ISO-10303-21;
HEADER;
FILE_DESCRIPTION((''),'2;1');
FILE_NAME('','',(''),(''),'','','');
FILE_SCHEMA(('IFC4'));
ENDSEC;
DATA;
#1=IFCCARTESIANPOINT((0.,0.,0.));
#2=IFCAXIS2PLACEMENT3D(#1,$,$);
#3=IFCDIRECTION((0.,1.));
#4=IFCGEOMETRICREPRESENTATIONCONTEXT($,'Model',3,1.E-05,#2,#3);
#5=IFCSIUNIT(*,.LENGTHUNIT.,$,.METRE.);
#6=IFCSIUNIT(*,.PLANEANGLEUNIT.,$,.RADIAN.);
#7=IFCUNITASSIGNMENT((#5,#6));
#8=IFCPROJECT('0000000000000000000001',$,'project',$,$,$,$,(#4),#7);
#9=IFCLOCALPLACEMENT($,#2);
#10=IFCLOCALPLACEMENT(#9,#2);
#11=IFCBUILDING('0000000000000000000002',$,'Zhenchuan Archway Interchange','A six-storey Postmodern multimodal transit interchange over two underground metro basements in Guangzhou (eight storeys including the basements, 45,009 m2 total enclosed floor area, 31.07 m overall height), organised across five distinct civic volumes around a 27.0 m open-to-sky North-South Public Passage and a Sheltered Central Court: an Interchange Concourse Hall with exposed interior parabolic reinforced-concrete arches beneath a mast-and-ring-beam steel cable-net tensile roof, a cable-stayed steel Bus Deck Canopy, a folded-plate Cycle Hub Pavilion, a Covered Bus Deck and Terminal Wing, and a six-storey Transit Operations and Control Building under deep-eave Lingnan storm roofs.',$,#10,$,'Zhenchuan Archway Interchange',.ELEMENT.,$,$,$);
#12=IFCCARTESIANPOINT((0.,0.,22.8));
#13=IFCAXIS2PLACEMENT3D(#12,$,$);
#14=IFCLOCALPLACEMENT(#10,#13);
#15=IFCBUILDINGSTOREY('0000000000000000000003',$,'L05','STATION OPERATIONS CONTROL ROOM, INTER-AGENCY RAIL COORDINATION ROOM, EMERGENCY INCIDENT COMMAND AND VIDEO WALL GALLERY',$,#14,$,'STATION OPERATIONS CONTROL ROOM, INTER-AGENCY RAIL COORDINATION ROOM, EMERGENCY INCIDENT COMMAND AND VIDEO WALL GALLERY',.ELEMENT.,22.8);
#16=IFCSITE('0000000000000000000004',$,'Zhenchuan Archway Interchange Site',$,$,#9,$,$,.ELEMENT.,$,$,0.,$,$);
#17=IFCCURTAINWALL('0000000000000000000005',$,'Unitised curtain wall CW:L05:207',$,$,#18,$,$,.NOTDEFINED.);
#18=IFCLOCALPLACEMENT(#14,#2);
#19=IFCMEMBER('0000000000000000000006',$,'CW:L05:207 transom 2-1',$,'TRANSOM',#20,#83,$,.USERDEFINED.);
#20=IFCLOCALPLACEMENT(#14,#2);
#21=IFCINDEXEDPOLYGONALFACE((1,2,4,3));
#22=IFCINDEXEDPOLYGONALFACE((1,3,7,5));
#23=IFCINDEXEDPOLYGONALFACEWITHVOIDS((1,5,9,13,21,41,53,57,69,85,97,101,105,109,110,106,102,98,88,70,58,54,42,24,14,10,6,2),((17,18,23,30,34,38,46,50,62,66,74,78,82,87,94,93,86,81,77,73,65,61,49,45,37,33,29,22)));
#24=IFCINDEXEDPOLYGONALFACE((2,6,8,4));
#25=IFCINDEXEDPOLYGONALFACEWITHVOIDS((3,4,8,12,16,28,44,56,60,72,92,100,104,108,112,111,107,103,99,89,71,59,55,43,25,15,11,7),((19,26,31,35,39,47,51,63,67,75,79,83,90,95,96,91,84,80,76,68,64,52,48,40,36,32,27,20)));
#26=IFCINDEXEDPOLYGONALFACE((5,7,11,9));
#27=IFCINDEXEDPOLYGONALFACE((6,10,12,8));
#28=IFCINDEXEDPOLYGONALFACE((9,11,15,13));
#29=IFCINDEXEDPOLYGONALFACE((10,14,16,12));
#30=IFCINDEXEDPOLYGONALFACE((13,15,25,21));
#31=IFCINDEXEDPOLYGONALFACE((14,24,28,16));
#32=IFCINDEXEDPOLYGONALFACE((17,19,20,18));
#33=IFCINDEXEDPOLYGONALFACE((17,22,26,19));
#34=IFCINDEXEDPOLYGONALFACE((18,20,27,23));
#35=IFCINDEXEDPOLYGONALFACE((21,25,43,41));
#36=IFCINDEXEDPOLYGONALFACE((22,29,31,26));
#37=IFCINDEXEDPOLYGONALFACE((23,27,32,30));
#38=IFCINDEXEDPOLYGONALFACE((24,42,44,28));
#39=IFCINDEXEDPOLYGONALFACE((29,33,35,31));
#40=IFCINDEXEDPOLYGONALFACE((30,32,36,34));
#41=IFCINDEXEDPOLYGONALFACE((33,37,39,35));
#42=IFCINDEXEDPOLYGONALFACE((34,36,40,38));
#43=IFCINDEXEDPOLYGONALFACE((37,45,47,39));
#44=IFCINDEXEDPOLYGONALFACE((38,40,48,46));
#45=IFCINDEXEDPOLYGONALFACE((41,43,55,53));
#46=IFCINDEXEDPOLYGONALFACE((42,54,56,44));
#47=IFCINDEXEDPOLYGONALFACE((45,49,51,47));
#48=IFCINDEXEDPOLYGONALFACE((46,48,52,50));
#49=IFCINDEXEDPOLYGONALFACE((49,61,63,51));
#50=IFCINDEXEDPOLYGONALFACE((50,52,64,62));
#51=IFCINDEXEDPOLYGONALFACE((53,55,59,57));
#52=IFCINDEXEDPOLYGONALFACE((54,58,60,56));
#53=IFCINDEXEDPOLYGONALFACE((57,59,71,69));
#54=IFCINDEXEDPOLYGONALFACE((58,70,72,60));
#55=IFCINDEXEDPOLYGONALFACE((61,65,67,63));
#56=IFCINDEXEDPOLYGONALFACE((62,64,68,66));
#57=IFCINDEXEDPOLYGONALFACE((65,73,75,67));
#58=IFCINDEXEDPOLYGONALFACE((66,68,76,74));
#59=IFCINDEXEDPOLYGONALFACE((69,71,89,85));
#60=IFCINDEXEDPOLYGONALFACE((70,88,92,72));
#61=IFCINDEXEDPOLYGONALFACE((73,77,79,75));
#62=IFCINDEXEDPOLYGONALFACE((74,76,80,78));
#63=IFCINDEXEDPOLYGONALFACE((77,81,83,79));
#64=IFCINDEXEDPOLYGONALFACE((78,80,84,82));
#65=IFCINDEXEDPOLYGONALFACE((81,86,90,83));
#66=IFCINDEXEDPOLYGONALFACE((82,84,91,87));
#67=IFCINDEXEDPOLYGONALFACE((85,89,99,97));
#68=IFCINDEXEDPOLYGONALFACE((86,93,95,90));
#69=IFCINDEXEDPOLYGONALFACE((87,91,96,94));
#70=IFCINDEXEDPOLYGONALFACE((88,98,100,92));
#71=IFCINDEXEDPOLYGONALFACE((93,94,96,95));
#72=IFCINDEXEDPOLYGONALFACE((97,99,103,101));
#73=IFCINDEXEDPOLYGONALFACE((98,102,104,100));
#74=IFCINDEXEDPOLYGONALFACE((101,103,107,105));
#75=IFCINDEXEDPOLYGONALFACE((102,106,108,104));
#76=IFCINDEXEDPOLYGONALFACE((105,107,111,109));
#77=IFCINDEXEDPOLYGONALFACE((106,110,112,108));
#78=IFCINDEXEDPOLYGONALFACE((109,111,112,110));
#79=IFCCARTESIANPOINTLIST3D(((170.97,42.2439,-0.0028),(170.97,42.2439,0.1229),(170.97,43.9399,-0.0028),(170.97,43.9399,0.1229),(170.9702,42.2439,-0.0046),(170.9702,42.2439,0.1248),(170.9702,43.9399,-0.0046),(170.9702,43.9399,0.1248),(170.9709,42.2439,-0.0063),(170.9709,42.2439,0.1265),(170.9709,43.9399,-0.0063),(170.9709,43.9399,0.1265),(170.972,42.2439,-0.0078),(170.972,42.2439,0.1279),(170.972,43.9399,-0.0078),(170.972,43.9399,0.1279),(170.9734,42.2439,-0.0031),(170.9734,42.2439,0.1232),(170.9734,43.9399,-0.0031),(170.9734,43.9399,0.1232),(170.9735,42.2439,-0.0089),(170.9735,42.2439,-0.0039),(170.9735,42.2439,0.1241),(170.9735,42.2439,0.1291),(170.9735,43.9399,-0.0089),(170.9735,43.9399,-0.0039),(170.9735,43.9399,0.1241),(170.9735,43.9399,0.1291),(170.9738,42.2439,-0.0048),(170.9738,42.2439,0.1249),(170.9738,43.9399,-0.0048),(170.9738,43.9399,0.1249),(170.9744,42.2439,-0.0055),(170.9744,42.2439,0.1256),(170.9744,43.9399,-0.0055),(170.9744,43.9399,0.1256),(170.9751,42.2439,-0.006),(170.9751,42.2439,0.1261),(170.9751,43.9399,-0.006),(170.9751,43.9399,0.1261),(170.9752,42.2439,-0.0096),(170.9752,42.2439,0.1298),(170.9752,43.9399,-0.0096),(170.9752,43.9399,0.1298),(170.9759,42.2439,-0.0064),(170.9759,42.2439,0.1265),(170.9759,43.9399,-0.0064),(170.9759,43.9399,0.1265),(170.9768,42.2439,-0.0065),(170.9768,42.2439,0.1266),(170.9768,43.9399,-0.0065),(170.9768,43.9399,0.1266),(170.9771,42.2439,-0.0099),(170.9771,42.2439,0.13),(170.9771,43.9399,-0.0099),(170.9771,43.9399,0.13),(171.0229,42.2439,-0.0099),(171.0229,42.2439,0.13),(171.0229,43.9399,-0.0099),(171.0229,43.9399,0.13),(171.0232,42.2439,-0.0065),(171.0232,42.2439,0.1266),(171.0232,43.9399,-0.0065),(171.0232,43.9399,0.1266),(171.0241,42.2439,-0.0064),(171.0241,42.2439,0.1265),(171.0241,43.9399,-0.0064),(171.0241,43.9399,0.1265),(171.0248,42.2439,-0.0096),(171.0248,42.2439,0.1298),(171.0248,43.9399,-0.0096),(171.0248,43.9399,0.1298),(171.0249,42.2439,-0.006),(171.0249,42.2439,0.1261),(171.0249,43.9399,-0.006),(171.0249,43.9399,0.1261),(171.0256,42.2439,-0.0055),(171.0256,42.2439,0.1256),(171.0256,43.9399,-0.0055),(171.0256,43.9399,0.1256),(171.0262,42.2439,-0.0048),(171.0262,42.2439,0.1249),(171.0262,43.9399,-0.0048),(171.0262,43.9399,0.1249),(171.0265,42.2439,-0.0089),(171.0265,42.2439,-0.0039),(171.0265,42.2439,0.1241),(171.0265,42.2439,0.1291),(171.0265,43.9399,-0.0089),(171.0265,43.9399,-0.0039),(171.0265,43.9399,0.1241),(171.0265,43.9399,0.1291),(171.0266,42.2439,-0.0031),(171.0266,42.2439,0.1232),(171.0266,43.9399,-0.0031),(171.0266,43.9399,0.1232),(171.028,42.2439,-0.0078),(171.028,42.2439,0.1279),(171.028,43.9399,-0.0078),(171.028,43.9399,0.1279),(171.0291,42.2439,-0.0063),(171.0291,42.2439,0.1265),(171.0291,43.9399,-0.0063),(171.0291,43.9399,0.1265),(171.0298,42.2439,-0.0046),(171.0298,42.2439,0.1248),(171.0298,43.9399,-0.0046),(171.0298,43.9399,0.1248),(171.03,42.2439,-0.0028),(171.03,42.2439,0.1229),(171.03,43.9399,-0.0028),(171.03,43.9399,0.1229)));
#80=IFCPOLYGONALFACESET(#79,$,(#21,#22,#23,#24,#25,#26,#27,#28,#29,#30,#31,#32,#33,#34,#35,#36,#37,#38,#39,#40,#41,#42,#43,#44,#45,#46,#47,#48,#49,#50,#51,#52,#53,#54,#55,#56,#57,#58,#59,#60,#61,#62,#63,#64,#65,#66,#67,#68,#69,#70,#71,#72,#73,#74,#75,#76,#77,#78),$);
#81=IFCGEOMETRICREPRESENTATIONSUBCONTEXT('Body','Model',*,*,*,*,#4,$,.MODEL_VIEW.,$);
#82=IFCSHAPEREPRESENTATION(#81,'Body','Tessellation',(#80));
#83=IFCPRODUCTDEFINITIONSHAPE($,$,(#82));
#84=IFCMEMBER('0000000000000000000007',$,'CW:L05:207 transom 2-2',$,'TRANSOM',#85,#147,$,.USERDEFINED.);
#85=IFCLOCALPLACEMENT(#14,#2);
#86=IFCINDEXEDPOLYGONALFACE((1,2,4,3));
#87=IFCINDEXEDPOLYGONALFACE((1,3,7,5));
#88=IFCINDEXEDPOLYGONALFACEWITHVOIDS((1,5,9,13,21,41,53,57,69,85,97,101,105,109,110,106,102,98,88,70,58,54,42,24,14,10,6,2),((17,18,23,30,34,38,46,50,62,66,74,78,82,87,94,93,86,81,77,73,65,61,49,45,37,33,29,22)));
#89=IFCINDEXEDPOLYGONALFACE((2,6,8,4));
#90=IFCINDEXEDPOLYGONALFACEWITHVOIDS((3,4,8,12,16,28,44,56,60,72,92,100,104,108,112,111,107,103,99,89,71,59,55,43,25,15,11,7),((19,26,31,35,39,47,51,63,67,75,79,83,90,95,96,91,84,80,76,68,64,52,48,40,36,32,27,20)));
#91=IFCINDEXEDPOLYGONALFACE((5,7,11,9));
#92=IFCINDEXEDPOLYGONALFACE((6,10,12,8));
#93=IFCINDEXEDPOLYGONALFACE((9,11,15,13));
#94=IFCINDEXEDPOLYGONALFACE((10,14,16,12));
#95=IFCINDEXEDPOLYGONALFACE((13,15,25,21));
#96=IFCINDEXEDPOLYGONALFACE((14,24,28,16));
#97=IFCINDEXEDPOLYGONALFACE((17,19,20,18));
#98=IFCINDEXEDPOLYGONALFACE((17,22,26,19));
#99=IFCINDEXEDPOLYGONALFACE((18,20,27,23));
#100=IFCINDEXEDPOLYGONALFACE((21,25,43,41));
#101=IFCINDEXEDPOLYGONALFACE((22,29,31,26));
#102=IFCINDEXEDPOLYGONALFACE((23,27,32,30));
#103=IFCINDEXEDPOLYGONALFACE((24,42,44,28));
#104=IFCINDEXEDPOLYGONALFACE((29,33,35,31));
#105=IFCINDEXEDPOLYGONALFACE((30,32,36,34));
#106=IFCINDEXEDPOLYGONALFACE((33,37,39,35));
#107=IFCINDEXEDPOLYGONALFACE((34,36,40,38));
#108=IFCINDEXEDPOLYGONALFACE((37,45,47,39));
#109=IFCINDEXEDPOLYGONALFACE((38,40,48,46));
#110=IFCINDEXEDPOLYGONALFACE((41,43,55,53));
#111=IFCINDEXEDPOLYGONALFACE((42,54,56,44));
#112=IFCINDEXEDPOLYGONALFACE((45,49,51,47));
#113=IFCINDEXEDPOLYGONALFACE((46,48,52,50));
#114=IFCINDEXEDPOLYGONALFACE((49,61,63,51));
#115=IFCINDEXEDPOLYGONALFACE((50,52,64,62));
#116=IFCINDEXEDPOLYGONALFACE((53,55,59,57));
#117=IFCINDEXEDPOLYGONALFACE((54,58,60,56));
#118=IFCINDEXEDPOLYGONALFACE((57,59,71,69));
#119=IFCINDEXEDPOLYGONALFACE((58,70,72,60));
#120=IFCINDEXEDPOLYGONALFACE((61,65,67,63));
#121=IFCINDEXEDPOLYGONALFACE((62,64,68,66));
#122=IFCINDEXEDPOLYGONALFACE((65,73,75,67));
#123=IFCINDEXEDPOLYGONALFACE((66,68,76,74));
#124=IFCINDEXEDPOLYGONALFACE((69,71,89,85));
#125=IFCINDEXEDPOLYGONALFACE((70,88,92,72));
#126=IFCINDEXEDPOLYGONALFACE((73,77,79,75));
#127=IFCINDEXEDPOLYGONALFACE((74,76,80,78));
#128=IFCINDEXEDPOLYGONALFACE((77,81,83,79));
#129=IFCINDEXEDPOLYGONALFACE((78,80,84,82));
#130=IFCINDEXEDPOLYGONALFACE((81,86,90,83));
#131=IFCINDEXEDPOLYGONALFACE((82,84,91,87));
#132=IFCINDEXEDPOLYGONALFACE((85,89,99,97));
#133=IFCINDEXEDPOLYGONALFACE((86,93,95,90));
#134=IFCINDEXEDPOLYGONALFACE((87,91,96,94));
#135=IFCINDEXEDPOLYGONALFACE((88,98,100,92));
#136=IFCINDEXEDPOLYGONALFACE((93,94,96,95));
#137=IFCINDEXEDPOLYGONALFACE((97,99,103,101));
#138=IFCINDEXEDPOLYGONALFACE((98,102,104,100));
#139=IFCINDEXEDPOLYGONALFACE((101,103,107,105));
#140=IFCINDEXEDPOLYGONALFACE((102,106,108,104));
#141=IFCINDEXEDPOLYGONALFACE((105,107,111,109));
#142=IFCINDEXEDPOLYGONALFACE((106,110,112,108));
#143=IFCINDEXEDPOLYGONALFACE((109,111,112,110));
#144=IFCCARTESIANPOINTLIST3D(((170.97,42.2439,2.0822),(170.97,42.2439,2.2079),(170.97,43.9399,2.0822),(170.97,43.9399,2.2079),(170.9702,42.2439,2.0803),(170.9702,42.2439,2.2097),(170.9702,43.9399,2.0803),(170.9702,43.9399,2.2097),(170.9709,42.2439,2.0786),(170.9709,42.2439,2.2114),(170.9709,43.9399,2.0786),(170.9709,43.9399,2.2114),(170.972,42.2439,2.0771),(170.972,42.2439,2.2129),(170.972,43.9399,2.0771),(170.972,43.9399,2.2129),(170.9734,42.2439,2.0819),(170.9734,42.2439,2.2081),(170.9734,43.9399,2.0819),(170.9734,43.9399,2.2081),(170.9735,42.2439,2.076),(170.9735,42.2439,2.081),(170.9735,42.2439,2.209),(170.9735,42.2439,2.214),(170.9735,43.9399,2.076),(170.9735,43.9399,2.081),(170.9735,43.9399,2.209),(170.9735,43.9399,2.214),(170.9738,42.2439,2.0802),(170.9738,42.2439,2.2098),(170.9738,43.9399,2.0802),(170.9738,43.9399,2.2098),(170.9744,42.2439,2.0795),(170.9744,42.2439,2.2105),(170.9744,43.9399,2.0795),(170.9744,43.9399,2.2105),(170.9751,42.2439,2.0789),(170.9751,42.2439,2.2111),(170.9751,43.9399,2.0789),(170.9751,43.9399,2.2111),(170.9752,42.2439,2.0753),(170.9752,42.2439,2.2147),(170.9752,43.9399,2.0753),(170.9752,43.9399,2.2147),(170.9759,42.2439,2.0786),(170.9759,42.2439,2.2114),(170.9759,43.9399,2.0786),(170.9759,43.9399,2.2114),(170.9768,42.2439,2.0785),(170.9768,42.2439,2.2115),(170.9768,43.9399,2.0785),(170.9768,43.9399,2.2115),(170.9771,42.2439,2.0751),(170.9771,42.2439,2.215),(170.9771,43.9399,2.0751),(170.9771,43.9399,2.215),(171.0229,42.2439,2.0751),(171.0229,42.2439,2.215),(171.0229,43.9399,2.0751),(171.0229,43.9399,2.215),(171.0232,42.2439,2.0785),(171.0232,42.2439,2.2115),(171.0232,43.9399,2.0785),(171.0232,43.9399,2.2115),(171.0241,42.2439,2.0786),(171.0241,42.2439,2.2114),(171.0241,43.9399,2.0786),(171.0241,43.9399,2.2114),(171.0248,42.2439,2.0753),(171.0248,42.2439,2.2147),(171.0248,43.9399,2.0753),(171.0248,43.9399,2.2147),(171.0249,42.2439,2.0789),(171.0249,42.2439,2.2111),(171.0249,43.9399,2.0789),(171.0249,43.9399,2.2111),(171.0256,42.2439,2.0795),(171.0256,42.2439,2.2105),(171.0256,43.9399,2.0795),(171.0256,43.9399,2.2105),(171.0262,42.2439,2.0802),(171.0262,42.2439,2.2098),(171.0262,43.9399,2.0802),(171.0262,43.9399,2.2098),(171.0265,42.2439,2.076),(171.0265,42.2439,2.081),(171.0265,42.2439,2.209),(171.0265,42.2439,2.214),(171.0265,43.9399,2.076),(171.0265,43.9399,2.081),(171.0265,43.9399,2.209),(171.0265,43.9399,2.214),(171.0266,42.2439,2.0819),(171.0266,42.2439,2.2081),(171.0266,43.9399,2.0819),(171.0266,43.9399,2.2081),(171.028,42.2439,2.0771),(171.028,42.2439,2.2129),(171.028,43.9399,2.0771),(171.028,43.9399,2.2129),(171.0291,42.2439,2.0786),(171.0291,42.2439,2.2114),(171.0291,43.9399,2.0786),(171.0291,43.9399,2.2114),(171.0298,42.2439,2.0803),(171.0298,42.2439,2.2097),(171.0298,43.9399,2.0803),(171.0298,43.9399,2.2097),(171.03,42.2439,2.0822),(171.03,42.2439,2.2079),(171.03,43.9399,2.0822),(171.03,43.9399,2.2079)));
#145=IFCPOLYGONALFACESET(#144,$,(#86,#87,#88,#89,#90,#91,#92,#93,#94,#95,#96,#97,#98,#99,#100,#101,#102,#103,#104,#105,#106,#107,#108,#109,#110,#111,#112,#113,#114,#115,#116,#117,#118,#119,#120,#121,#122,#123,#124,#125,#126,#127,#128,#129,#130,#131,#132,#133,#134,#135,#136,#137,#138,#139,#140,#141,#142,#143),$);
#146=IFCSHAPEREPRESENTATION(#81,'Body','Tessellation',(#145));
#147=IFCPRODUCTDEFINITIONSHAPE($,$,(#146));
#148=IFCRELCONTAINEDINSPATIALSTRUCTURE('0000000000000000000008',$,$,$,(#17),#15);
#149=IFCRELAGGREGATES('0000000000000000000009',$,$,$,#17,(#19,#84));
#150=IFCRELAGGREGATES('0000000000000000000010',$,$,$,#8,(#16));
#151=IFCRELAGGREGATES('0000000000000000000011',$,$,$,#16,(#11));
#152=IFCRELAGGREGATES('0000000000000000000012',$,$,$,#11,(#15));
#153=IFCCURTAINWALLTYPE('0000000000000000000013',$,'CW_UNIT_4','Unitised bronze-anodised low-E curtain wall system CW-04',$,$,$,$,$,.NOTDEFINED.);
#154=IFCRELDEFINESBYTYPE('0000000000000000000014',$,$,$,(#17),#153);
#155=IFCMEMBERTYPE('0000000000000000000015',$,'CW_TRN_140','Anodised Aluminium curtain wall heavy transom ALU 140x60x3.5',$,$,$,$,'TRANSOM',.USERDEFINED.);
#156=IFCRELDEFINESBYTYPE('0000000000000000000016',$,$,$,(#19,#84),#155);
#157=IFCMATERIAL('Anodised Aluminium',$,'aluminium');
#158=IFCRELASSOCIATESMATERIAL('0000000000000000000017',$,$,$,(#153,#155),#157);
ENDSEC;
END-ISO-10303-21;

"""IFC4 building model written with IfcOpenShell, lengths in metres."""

from ifc_helpers import new_model, si_unit, direction, frame, origin, origin_2d, place, context, subcontext, project, spatial, hollow_rectangle, extrude, material, material_profile, profile_set, type_object, element, aggregate, save


model = new_model("IFC4")

# Units and contexts
model_context = context("Model", 3, precision=1e-05, world=origin(), true_north=direction((0.0, 1.0)))
body_context = subcontext(model_context, "Body", "Model", "MODEL_VIEW")
ifc_project = project(units=[si_unit("LENGTHUNIT", "METRE"), si_unit("PLANEANGLEUNIT", "RADIAN")], contexts=[model_context])

# Site, building, storey
site_placement = place(None, origin())
site = spatial("IfcSite", under=ifc_project, at=site_placement, Name="Zhenchuan Archway Interchange Site", CompositionType="ELEMENT", RefElevation=0.0)
building_placement = place(site_placement, origin())
building = spatial("IfcBuilding", under=site, at=building_placement, Name="Zhenchuan Archway Interchange", Description="A six-storey Postmodern multimodal transit interchange over two underground metro basements in Guangzhou (eight storeys including the basements, 45,009 m2 total enclosed floor area, 31.07 m overall height), organised across five distinct civic volumes around a 27.0 m open-to-sky North-South Public Passage and a Sheltered Central Court: an Interchange Concourse Hall with exposed interior parabolic reinforced-concrete arches beneath a mast-and-ring-beam steel cable-net tensile roof, a cable-stayed steel Bus Deck Canopy, a folded-plate Cycle Hub Pavilion, a Covered Bus Deck and Terminal Wing, and a six-storey Transit Operations and Control Building under deep-eave Lingnan storm roofs.", LongName="Zhenchuan Archway Interchange", CompositionType="ELEMENT")
storey_placement = place(building_placement, frame((0.0, 0.0, 22.8)))
storey = spatial("IfcBuildingStorey", under=building, at=storey_placement, Name="L05", Description="STATION OPERATIONS CONTROL ROOM, INTER-AGENCY RAIL COORDINATION ROOM, EMERGENCY INCIDENT COMMAND AND VIDEO WALL GALLERY", LongName="STATION OPERATIONS CONTROL ROOM, INTER-AGENCY RAIL COORDINATION ROOM, EMERGENCY INCIDENT COMMAND AND VIDEO WALL GALLERY", CompositionType="ELEMENT", Elevation=22.8)

# Curtain wall, members
ifc_material_1 = material(Name="Anodised Aluminium", Category="aluminium")
curtain_wall_type = type_object("IfcCurtainWallType", Name="CW_UNIT_4", Description="Unitised bronze-anodised low-E curtain wall system CW-04", PredefinedType="NOTDEFINED", material=ifc_material_1)
curtain_wall_placement = place(storey_placement, origin())
curtain_wall = element("IfcCurtainWall", 1, at=curtain_wall_placement, inside=storey, type_object=curtain_wall_type, Name="Unitised curtain wall CW:L05:207", PredefinedType="NOTDEFINED")
ifc_material_profile_1 = material_profile(ifc_material_1, hollow_rectangle(XDim=0.0601, YDim=0.1399, WallThickness=0.0034, InnerFilletRadius=0.0034, OuterFilletRadius=0.0071, at=origin_2d()), Name="ALU 140x60x3.5")
ifc_profile_set_1 = profile_set([ifc_material_profile_1], Name="Anodised Aluminium")
member_type_1 = type_object("IfcMemberType", Name="CW_TRN_140", Description="Anodised Aluminium curtain wall heavy transom ALU 140x60x3.5", ElementType="TRANSOM", PredefinedType="USERDEFINED", material=ifc_profile_set_1)
member_1_placement = place(storey_placement, frame((171.0, 43.9399, 0.0601), z_axis=(0.0, -1.0, 0.0), x_axis=(1.0, 0.0, 0.0)))
member_1 = element("IfcMember", 2, at=member_1_placement, type_object=member_type_1, Name="CW:L05:207 transom 2-1", ObjectType="TRANSOM", PredefinedType="USERDEFINED", context=body_context, shape_type="SweptSolid", body=[
    extrude(hollow_rectangle(XDim=0.0601, YDim=0.1399, WallThickness=0.0034, InnerFilletRadius=0.0034, OuterFilletRadius=0.0071, at=origin_2d()), origin(), (0.0, 0.0, 1.0), 1.696),
])
member_2_placement = place(storey_placement, frame((171.0, 43.9399, 2.145), z_axis=(0.0, -1.0, 0.0), x_axis=(1.0, 0.0, 0.0)))
member_2 = element("IfcMember", 3, at=member_2_placement, type_object=member_type_1, Name="CW:L05:207 transom 2-2", ObjectType="TRANSOM", PredefinedType="USERDEFINED", context=body_context, shape_type="SweptSolid", body=[
    extrude(hollow_rectangle(XDim=0.0601, YDim=0.1399, WallThickness=0.0034, InnerFilletRadius=0.0034, OuterFilletRadius=0.0071, at=origin_2d()), origin(), (0.0, 0.0, 1.0), 1.696),
])

aggregate(curtain_wall, [member_1, member_2])

save(model, "model.ifc")
